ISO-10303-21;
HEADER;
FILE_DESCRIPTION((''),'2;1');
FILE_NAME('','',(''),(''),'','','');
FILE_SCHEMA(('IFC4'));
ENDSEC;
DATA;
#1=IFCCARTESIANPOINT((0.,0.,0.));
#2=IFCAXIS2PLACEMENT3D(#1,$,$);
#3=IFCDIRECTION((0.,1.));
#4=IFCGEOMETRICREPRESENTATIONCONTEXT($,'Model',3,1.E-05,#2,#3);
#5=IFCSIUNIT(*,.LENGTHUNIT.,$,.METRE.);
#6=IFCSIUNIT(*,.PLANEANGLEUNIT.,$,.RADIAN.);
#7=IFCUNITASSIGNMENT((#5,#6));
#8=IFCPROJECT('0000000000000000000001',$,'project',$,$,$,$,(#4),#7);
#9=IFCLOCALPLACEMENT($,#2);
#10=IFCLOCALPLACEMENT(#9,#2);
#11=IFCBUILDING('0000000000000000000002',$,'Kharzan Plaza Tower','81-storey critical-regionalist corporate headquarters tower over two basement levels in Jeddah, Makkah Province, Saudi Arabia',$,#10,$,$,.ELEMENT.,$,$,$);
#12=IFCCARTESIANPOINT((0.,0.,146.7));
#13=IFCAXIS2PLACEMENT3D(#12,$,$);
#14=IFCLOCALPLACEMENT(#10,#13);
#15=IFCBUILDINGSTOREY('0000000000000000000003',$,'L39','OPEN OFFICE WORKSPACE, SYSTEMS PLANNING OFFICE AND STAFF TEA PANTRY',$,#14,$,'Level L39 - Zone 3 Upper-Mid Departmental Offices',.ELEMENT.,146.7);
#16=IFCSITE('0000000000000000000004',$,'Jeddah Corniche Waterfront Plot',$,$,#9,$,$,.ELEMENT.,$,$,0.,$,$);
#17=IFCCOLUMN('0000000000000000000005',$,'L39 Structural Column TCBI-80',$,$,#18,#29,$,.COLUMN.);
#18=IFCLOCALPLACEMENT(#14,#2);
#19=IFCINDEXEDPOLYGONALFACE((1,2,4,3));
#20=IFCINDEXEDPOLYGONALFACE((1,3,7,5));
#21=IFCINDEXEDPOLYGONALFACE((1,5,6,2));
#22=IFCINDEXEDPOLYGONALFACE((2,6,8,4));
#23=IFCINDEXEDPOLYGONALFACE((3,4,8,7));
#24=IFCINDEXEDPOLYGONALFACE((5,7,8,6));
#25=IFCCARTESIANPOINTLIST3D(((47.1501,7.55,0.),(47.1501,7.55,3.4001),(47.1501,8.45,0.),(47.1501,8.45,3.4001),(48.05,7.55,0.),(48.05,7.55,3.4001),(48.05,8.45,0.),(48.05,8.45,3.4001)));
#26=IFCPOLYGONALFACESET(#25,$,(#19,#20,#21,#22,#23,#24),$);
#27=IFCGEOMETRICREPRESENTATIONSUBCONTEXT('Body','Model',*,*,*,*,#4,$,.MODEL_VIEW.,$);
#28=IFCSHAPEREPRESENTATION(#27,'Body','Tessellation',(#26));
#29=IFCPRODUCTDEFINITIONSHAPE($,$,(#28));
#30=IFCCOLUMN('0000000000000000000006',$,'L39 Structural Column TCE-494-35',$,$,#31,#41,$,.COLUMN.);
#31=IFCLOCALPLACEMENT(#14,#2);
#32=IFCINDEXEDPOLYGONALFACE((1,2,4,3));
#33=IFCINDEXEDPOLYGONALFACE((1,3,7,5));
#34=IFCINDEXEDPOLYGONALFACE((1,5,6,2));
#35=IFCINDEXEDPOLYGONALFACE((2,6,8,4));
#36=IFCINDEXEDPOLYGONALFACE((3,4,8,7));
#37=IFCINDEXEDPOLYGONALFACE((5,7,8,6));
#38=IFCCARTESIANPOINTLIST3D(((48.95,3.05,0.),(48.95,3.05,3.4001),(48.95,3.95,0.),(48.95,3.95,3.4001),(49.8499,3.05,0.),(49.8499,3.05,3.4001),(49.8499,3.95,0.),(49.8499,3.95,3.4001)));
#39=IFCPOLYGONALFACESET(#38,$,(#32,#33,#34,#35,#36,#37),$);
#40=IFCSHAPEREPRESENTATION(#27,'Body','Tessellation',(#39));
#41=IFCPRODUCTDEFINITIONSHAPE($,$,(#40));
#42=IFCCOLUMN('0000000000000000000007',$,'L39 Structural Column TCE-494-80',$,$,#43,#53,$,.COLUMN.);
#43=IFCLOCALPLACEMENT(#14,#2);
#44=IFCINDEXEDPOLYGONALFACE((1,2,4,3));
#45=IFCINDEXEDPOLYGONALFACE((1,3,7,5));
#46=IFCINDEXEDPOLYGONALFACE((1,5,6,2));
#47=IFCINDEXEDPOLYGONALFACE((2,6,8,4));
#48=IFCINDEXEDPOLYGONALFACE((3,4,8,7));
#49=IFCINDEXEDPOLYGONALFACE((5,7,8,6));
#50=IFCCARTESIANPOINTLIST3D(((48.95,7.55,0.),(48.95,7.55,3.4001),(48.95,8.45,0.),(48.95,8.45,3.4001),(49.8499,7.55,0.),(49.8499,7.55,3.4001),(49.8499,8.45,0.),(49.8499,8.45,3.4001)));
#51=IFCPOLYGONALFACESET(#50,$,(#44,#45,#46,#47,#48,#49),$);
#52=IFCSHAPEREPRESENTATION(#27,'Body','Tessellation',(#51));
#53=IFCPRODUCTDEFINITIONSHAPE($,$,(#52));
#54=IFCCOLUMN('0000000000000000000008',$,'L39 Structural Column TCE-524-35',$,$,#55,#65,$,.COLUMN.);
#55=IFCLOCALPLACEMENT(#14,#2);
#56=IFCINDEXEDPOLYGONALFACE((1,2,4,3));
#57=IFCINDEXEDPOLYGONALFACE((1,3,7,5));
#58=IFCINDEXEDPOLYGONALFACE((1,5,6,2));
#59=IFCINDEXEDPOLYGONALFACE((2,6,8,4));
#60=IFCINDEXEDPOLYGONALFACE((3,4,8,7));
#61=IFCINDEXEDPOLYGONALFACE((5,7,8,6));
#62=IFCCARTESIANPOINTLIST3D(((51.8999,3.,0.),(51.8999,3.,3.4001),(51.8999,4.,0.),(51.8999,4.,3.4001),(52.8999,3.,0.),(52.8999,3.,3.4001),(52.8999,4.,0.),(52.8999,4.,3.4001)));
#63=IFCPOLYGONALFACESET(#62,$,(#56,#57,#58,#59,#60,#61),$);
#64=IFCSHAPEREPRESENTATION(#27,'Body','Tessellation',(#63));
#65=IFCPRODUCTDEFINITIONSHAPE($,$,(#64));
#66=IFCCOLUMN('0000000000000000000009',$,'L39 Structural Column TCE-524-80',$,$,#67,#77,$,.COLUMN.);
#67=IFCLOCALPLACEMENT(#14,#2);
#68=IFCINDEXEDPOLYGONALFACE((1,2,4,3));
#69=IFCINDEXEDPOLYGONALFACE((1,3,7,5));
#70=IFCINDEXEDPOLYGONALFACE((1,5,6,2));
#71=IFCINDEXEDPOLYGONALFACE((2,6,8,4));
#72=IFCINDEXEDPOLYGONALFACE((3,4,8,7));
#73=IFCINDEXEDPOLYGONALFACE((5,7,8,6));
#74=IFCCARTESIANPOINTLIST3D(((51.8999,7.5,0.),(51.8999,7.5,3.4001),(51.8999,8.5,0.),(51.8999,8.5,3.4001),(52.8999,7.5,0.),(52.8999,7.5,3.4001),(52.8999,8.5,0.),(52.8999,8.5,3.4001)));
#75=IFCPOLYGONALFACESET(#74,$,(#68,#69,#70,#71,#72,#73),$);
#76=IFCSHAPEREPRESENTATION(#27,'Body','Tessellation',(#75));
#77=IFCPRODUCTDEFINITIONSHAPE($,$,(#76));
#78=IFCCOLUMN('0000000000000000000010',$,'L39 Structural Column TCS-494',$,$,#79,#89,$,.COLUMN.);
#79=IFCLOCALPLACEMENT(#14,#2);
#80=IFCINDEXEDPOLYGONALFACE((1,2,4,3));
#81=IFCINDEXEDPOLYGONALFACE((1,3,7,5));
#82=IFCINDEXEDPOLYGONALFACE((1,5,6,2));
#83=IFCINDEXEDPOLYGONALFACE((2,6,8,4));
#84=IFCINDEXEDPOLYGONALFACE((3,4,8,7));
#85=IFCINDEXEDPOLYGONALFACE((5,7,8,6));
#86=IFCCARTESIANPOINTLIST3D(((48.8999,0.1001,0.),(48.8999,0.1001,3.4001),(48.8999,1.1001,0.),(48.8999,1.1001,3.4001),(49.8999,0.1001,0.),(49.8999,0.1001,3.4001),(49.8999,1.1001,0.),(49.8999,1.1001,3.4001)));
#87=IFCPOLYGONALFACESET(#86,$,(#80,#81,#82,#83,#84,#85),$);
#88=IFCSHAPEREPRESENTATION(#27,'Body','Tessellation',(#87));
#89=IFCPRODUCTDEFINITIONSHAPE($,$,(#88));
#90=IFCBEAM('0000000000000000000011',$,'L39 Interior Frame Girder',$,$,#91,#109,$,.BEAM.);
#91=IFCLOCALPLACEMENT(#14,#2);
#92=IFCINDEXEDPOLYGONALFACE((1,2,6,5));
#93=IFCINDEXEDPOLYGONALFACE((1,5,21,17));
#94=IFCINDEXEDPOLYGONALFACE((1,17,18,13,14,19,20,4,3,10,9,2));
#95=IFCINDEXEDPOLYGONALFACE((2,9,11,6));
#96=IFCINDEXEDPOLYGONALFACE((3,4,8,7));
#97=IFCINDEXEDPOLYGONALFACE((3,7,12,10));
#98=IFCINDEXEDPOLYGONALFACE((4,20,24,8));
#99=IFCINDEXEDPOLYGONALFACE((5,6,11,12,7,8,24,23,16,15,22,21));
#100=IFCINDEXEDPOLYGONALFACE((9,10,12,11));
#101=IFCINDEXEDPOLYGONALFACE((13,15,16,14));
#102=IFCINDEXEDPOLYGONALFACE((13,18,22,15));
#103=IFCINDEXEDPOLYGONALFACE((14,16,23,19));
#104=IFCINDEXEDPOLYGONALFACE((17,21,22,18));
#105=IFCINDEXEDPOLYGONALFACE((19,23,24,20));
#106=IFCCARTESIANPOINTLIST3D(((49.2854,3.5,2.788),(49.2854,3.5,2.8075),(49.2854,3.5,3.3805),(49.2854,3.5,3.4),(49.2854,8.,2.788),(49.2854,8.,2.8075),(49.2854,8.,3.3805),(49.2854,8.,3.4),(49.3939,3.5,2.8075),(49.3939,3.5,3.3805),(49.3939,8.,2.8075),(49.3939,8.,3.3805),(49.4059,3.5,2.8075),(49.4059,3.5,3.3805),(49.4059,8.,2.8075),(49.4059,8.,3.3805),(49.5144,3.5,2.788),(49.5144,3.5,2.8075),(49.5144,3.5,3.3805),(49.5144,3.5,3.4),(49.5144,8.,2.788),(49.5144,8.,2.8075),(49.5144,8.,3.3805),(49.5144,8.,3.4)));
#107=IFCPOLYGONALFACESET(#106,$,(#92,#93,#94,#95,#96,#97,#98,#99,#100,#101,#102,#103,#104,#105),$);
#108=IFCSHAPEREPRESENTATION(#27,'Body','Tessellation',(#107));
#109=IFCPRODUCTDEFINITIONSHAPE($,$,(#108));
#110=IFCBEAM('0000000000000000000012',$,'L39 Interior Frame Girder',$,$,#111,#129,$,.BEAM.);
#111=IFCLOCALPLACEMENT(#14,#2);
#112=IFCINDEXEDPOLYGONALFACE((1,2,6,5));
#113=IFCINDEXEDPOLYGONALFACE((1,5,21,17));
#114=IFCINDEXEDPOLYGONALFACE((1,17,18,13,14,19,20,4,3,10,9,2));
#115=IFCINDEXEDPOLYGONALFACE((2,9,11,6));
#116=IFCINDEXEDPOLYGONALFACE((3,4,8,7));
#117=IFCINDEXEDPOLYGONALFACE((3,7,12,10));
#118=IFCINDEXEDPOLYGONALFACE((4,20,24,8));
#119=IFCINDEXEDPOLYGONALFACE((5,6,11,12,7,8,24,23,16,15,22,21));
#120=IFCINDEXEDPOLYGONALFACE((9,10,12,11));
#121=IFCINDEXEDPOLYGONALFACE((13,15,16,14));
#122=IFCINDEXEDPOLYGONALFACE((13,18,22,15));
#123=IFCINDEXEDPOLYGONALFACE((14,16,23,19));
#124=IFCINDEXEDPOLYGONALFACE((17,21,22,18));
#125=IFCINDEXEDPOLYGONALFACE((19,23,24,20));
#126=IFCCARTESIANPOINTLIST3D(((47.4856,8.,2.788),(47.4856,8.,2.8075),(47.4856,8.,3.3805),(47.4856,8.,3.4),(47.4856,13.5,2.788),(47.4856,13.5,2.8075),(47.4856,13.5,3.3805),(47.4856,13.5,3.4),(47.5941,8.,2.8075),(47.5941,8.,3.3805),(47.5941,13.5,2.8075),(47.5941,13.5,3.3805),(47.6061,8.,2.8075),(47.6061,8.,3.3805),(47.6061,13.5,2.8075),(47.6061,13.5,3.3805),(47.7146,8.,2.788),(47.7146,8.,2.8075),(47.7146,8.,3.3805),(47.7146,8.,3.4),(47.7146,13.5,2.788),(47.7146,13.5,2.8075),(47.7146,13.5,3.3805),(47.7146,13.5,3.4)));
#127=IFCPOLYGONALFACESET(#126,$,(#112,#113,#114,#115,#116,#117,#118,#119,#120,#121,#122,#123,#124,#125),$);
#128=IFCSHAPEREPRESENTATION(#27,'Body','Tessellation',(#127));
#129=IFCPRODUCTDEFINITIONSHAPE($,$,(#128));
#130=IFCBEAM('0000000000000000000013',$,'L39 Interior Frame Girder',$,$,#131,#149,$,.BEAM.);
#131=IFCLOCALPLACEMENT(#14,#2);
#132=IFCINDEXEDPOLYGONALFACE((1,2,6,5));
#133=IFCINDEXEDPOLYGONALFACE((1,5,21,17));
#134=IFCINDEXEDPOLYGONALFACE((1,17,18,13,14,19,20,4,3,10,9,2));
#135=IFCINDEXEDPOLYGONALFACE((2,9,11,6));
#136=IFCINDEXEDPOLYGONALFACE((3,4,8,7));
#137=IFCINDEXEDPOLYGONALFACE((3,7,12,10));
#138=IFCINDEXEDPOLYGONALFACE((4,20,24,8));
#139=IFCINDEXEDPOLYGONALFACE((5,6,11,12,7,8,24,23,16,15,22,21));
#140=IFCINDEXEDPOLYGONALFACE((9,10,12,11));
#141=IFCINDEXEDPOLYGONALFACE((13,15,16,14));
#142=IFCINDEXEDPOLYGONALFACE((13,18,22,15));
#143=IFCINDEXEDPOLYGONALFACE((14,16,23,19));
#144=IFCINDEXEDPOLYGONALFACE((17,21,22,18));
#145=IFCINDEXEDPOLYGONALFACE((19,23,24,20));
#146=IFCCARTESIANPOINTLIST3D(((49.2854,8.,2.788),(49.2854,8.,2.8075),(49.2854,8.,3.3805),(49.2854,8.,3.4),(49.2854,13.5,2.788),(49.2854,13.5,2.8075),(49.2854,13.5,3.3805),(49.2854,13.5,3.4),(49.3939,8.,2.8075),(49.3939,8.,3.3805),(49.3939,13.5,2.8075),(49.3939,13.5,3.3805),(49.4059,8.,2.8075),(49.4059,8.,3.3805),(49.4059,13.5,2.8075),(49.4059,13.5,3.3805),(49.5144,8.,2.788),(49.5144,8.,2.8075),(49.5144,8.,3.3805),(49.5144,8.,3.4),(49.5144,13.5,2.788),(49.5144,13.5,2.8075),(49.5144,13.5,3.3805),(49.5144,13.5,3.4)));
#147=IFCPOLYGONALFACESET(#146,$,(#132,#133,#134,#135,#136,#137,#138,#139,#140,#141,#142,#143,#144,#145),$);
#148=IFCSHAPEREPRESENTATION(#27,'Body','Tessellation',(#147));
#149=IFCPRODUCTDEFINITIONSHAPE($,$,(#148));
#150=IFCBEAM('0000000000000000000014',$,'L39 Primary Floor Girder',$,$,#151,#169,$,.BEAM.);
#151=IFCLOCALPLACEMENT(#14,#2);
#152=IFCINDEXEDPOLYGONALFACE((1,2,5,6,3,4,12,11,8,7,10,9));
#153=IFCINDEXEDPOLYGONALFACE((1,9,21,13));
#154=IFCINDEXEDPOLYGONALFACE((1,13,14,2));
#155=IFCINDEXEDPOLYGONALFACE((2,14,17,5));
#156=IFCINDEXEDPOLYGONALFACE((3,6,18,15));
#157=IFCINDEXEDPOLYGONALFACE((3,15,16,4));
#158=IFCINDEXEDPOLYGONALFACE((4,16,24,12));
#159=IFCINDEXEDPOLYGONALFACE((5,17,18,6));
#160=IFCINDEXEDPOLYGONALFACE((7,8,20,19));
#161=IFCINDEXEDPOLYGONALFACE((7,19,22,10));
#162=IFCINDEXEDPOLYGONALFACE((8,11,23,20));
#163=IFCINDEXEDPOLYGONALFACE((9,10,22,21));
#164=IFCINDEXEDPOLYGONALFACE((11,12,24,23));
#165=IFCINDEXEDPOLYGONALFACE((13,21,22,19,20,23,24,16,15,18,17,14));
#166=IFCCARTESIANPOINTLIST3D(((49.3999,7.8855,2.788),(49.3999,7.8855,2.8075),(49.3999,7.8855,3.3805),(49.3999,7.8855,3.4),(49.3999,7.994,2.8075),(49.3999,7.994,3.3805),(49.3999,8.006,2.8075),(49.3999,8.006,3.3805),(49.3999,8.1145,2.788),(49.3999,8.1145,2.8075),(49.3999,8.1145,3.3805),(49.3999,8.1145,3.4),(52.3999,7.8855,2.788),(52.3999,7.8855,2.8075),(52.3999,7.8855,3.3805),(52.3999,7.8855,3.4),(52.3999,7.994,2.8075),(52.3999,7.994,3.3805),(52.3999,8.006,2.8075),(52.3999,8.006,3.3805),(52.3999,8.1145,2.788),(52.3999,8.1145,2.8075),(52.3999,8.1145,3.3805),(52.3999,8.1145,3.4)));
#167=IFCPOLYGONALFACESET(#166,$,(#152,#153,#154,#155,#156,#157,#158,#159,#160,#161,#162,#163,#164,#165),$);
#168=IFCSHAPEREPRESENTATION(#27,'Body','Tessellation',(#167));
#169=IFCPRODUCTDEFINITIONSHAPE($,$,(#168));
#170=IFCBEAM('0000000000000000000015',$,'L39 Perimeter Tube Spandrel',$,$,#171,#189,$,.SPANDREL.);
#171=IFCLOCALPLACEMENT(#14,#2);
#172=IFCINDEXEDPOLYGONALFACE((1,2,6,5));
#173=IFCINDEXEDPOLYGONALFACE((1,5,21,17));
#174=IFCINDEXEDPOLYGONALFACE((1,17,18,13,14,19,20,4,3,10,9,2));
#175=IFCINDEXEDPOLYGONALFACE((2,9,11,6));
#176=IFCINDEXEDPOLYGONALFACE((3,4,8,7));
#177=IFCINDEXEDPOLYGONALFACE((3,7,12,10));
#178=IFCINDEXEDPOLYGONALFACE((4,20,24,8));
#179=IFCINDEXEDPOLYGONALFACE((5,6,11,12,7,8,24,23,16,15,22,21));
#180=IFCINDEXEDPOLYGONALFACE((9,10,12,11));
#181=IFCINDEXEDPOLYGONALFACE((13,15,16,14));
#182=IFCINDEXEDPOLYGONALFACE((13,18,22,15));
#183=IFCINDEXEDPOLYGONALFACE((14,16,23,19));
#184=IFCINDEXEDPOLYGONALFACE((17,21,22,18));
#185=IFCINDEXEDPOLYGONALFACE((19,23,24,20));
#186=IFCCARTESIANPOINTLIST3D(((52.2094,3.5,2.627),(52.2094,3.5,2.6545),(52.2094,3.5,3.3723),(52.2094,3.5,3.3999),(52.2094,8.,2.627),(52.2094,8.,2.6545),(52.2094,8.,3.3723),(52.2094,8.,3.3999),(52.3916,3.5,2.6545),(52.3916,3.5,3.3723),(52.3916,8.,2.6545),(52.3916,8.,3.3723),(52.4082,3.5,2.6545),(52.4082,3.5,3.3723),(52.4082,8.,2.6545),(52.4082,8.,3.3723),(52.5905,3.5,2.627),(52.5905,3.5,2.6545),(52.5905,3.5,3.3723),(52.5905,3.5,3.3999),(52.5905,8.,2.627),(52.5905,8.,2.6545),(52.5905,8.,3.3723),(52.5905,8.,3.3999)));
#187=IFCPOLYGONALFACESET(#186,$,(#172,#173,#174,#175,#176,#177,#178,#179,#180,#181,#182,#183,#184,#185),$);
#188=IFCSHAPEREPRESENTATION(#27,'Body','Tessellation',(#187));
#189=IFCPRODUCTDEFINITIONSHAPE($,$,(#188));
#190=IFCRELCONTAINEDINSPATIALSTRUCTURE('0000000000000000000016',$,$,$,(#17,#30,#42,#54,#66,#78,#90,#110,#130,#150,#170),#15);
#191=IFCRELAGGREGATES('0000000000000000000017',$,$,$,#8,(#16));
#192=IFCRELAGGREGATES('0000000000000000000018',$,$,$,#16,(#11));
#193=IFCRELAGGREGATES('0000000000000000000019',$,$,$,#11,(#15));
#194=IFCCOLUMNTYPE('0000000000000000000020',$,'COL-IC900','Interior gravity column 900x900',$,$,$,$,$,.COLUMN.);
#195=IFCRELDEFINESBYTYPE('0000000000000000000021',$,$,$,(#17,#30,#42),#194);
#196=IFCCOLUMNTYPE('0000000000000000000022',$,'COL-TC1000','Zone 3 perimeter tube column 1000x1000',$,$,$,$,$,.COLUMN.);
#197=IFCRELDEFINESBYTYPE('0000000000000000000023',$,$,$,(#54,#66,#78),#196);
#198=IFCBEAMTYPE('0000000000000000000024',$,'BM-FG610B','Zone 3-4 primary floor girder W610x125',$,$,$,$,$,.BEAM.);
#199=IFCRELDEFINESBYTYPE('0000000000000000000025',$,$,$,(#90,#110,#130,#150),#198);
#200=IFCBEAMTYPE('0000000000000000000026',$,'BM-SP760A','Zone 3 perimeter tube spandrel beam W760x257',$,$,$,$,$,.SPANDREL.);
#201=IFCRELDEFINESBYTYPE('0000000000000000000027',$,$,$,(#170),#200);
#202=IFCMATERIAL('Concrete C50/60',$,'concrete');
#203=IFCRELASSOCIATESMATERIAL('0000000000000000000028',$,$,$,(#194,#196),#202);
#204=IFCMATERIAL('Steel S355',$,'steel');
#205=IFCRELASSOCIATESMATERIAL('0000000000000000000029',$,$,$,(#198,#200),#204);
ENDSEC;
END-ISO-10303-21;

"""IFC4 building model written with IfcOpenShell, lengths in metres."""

from ifc_helpers import new_model, si_unit, direction, frame, origin, origin_2d, place, context, subcontext, project, spatial, rectangle, i_section, extrude, source, transform, mapped, material, material_profile, profile_set, type_object, element, save


model = new_model("IFC4")

# Units and contexts
model_context = context("Model", 3, precision=1e-05, world=origin(), true_north=direction((0.0, 1.0)))
body_context = subcontext(model_context, "Body", "Model", "MODEL_VIEW")
ifc_project = project(units=[si_unit("LENGTHUNIT", "METRE"), si_unit("PLANEANGLEUNIT", "RADIAN")], contexts=[model_context])

# Site, building, storey
site_placement = place(None, origin())
site = spatial("IfcSite", under=ifc_project, at=site_placement, Name="Jeddah Corniche Waterfront Plot", CompositionType="ELEMENT", RefElevation=0.0)
building_placement = place(site_placement, origin())
building = spatial("IfcBuilding", under=site, at=building_placement, Name="Kharzan Plaza Tower", Description="81-storey critical-regionalist corporate headquarters tower over two basement levels in Jeddah, Makkah Province, Saudi Arabia", CompositionType="ELEMENT")
storey_placement = place(building_placement, frame((0.0, 0.0, 146.7)))
storey = spatial("IfcBuildingStorey", under=building, at=storey_placement, Name="L39", Description="OPEN OFFICE WORKSPACE, SYSTEMS PLANNING OFFICE AND STAFF TEA PANTRY", LongName="Level L39 - Zone 3 Upper-Mid Departmental Offices", CompositionType="ELEMENT", Elevation=146.7)

# Columns
ifc_material_1 = material(Name="Concrete C50/60", Category="concrete")
ifc_material_profile_1 = material_profile(ifc_material_1, rectangle(XDim=0.8999, YDim=0.8999, at=origin_2d()), Name="RC-IC900x900")
ifc_profile_set_1 = profile_set([ifc_material_profile_1], Name="Concrete C50/60")
column_type_1 = type_object("IfcColumnType", Name="COL-IC900", Description="Interior gravity column 900x900", PredefinedType="COLUMN", material=ifc_profile_set_1)
shared_shape_1 = source(origin(), body_context, "Body", "SweptSolid", [
    extrude(rectangle(XDim=0.8999, YDim=0.8999, at=origin_2d()), origin(), (0.0, 0.0, 1.0), 3.4001),
])
for number, where, z_axis, x_axis, name in (
    (1, (47.6001, 8.0, 0.0), (0.0, 0.0, 1.0), (1.0, 0.0, 0.0), "L39 Structural Column TCBI-80"),
    (2, (49.3999, 3.5, 0.0), (0.0, 0.0, 1.0), (1.0, 0.0, 0.0), "L39 Structural Column TCE-494-35"),
    (3, (49.3999, 8.0, 0.0), (0.0, 0.0, 1.0), (1.0, 0.0, 0.0), "L39 Structural Column TCE-494-80"),
):
    element("IfcColumn", number, at=place(storey_placement, frame(where, z_axis=z_axis, x_axis=x_axis)), inside=storey, type_object=column_type_1, Name=name, PredefinedType="COLUMN", context=body_context, shape_type="MappedRepresentation", body=[
        mapped(shared_shape_1, transform((0.0, 0.0, 0.0), x_axis=(1.0, 0.0, 0.0), y_axis=(0.0, 1.0, 0.0), z_axis=(0.0, 0.0, 1.0))),
    ])
ifc_material_profile_2 = material_profile(ifc_material_1, rectangle(XDim=1.0, YDim=1.0, at=origin_2d()), Name="RC-TC1000x1000")
ifc_profile_set_2 = profile_set([ifc_material_profile_2], Name="Concrete C50/60")
column_type_2 = type_object("IfcColumnType", Name="COL-TC1000", Description="Zone 3 perimeter tube column 1000x1000", PredefinedType="COLUMN", material=ifc_profile_set_2)
shared_shape_2 = source(origin(), body_context, "Body", "SweptSolid", [
    extrude(rectangle(XDim=1.0, YDim=1.0, at=origin_2d()), origin(), (0.0, 0.0, 1.0), 3.4001),
])
for number, where, z_axis, x_axis, name in (
    (4, (52.3999, 3.5, 0.0), (0.0, 0.0, 1.0), (1.0, 0.0, 0.0), "L39 Structural Column TCE-524-35"),
    (5, (52.3999, 8.0, 0.0), (0.0, 0.0, 1.0), (1.0, 0.0, 0.0), "L39 Structural Column TCE-524-80"),
    (6, (49.3999, 0.6001, 0.0), (0.0, 0.0, 1.0), (1.0, 0.0, 0.0), "L39 Structural Column TCS-494"),
):
    element("IfcColumn", number, at=place(storey_placement, frame(where, z_axis=z_axis, x_axis=x_axis)), inside=storey, type_object=column_type_2, Name=name, PredefinedType="COLUMN", context=body_context, shape_type="MappedRepresentation", body=[
        mapped(shared_shape_2, transform((0.0, 0.0, 0.0), x_axis=(1.0, 0.0, 0.0), y_axis=(0.0, 1.0, 0.0), z_axis=(0.0, 0.0, 1.0))),
    ])

# Beams
ifc_material_2 = material(Name="Steel S355", Category="steel")
ifc_material_profile_3 = material_profile(ifc_material_2, i_section(OverallWidth=0.229, OverallDepth=0.6121, WebThickness=0.012, FlangeThickness=0.0195, at=origin_2d()), Name="W610x125")
ifc_profile_set_3 = profile_set([ifc_material_profile_3], Name="Steel S355")
beam_type_1 = type_object("IfcBeamType", Name="BM-FG610B", Description="Zone 3-4 primary floor girder W610x125", PredefinedType="BEAM", material=ifc_profile_set_3)
shared_shape_3 = source(origin(), body_context, "Body", "SweptSolid", [
    extrude(i_section(OverallWidth=0.229, OverallDepth=0.6121, WebThickness=0.012, FlangeThickness=0.0195, at=origin_2d()), origin(), (0.0, 0.0, 1.0), 4.5),
])
beam_1_placement = place(storey_placement, frame((49.3999, 3.5, 3.094), z_axis=(0.0, 1.0, 0.0), x_axis=(-1.0, 0.0, 0.0)))
element("IfcBeam", 7, at=beam_1_placement, inside=storey, type_object=beam_type_1, Name="L39 Interior Frame Girder", PredefinedType="BEAM", context=body_context, shape_type="MappedRepresentation", body=[
    mapped(shared_shape_3, transform((0.0, 0.0, 0.0), x_axis=(1.0, 0.0, 0.0), y_axis=(0.0, 1.0, 0.0), z_axis=(0.0, 0.0, 1.0))),
])
shared_shape_4 = source(origin(), body_context, "Body", "SweptSolid", [
    extrude(i_section(OverallWidth=0.229, OverallDepth=0.6121, WebThickness=0.012, FlangeThickness=0.0195, at=origin_2d()), origin(), (0.0, 0.0, 1.0), 5.5),
])
for number, where, z_axis, x_axis, name in (
    (8, (47.6001, 8.0, 3.094), (0.0, 1.0, 0.0), (-1.0, 0.0, 0.0), "L39 Interior Frame Girder"),
    (9, (49.3999, 8.0, 3.094), (0.0, 1.0, 0.0), (-1.0, 0.0, 0.0), "L39 Interior Frame Girder"),
):
    element("IfcBeam", number, at=place(storey_placement, frame(where, z_axis=z_axis, x_axis=x_axis)), inside=storey, type_object=beam_type_1, Name=name, PredefinedType="BEAM", context=body_context, shape_type="MappedRepresentation", body=[
        mapped(shared_shape_4, transform((0.0, 0.0, 0.0), x_axis=(1.0, 0.0, 0.0), y_axis=(0.0, 1.0, 0.0), z_axis=(0.0, 0.0, 1.0))),
    ])
shared_shape_5 = source(origin(), body_context, "Body", "SweptSolid", [
    extrude(i_section(OverallWidth=0.229, OverallDepth=0.6121, WebThickness=0.012, FlangeThickness=0.0195, at=origin_2d()), origin(), (0.0, 0.0, 1.0), 3.0),
])
beam_2_placement = place(storey_placement, frame((49.3999, 8.0, 3.094), z_axis=(1.0, 0.0, 0.0), x_axis=(0.0, 1.0, 0.0)))
element("IfcBeam", 10, at=beam_2_placement, inside=storey, type_object=beam_type_1, Name="L39 Primary Floor Girder", PredefinedType="BEAM", context=body_context, shape_type="MappedRepresentation", body=[
    mapped(shared_shape_5, transform((0.0, 0.0, 0.0), x_axis=(1.0, 0.0, 0.0), y_axis=(0.0, 1.0, 0.0), z_axis=(0.0, 0.0, 1.0))),
])
ifc_material_profile_4 = material_profile(ifc_material_2, i_section(OverallWidth=0.3811, OverallDepth=0.7729, WebThickness=0.0166, FlangeThickness=0.0276, at=origin_2d()), Name="W760x257")
ifc_profile_set_4 = profile_set([ifc_material_profile_4], Name="Steel S355")
beam_type_2 = type_object("IfcBeamType", Name="BM-SP760A", Description="Zone 3 perimeter tube spandrel beam W760x257", PredefinedType="SPANDREL", material=ifc_profile_set_4)
shared_shape_6 = source(origin(), body_context, "Body", "SweptSolid", [
    extrude(i_section(OverallWidth=0.3811, OverallDepth=0.7729, WebThickness=0.0166, FlangeThickness=0.0276, at=origin_2d()), origin(), (0.0, 0.0, 1.0), 4.5),
])
beam_3_placement = place(storey_placement, frame((52.3999, 3.5, 3.0134), z_axis=(0.0, 1.0, 0.0), x_axis=(-1.0, 0.0, 0.0)))
element("IfcBeam", 11, at=beam_3_placement, inside=storey, type_object=beam_type_2, Name="L39 Perimeter Tube Spandrel", PredefinedType="SPANDREL", context=body_context, shape_type="MappedRepresentation", body=[
    mapped(shared_shape_6, transform((0.0, 0.0, 0.0), x_axis=(1.0, 0.0, 0.0), y_axis=(0.0, 1.0, 0.0), z_axis=(0.0, 0.0, 1.0))),
])

save(model, "model.ifc")
